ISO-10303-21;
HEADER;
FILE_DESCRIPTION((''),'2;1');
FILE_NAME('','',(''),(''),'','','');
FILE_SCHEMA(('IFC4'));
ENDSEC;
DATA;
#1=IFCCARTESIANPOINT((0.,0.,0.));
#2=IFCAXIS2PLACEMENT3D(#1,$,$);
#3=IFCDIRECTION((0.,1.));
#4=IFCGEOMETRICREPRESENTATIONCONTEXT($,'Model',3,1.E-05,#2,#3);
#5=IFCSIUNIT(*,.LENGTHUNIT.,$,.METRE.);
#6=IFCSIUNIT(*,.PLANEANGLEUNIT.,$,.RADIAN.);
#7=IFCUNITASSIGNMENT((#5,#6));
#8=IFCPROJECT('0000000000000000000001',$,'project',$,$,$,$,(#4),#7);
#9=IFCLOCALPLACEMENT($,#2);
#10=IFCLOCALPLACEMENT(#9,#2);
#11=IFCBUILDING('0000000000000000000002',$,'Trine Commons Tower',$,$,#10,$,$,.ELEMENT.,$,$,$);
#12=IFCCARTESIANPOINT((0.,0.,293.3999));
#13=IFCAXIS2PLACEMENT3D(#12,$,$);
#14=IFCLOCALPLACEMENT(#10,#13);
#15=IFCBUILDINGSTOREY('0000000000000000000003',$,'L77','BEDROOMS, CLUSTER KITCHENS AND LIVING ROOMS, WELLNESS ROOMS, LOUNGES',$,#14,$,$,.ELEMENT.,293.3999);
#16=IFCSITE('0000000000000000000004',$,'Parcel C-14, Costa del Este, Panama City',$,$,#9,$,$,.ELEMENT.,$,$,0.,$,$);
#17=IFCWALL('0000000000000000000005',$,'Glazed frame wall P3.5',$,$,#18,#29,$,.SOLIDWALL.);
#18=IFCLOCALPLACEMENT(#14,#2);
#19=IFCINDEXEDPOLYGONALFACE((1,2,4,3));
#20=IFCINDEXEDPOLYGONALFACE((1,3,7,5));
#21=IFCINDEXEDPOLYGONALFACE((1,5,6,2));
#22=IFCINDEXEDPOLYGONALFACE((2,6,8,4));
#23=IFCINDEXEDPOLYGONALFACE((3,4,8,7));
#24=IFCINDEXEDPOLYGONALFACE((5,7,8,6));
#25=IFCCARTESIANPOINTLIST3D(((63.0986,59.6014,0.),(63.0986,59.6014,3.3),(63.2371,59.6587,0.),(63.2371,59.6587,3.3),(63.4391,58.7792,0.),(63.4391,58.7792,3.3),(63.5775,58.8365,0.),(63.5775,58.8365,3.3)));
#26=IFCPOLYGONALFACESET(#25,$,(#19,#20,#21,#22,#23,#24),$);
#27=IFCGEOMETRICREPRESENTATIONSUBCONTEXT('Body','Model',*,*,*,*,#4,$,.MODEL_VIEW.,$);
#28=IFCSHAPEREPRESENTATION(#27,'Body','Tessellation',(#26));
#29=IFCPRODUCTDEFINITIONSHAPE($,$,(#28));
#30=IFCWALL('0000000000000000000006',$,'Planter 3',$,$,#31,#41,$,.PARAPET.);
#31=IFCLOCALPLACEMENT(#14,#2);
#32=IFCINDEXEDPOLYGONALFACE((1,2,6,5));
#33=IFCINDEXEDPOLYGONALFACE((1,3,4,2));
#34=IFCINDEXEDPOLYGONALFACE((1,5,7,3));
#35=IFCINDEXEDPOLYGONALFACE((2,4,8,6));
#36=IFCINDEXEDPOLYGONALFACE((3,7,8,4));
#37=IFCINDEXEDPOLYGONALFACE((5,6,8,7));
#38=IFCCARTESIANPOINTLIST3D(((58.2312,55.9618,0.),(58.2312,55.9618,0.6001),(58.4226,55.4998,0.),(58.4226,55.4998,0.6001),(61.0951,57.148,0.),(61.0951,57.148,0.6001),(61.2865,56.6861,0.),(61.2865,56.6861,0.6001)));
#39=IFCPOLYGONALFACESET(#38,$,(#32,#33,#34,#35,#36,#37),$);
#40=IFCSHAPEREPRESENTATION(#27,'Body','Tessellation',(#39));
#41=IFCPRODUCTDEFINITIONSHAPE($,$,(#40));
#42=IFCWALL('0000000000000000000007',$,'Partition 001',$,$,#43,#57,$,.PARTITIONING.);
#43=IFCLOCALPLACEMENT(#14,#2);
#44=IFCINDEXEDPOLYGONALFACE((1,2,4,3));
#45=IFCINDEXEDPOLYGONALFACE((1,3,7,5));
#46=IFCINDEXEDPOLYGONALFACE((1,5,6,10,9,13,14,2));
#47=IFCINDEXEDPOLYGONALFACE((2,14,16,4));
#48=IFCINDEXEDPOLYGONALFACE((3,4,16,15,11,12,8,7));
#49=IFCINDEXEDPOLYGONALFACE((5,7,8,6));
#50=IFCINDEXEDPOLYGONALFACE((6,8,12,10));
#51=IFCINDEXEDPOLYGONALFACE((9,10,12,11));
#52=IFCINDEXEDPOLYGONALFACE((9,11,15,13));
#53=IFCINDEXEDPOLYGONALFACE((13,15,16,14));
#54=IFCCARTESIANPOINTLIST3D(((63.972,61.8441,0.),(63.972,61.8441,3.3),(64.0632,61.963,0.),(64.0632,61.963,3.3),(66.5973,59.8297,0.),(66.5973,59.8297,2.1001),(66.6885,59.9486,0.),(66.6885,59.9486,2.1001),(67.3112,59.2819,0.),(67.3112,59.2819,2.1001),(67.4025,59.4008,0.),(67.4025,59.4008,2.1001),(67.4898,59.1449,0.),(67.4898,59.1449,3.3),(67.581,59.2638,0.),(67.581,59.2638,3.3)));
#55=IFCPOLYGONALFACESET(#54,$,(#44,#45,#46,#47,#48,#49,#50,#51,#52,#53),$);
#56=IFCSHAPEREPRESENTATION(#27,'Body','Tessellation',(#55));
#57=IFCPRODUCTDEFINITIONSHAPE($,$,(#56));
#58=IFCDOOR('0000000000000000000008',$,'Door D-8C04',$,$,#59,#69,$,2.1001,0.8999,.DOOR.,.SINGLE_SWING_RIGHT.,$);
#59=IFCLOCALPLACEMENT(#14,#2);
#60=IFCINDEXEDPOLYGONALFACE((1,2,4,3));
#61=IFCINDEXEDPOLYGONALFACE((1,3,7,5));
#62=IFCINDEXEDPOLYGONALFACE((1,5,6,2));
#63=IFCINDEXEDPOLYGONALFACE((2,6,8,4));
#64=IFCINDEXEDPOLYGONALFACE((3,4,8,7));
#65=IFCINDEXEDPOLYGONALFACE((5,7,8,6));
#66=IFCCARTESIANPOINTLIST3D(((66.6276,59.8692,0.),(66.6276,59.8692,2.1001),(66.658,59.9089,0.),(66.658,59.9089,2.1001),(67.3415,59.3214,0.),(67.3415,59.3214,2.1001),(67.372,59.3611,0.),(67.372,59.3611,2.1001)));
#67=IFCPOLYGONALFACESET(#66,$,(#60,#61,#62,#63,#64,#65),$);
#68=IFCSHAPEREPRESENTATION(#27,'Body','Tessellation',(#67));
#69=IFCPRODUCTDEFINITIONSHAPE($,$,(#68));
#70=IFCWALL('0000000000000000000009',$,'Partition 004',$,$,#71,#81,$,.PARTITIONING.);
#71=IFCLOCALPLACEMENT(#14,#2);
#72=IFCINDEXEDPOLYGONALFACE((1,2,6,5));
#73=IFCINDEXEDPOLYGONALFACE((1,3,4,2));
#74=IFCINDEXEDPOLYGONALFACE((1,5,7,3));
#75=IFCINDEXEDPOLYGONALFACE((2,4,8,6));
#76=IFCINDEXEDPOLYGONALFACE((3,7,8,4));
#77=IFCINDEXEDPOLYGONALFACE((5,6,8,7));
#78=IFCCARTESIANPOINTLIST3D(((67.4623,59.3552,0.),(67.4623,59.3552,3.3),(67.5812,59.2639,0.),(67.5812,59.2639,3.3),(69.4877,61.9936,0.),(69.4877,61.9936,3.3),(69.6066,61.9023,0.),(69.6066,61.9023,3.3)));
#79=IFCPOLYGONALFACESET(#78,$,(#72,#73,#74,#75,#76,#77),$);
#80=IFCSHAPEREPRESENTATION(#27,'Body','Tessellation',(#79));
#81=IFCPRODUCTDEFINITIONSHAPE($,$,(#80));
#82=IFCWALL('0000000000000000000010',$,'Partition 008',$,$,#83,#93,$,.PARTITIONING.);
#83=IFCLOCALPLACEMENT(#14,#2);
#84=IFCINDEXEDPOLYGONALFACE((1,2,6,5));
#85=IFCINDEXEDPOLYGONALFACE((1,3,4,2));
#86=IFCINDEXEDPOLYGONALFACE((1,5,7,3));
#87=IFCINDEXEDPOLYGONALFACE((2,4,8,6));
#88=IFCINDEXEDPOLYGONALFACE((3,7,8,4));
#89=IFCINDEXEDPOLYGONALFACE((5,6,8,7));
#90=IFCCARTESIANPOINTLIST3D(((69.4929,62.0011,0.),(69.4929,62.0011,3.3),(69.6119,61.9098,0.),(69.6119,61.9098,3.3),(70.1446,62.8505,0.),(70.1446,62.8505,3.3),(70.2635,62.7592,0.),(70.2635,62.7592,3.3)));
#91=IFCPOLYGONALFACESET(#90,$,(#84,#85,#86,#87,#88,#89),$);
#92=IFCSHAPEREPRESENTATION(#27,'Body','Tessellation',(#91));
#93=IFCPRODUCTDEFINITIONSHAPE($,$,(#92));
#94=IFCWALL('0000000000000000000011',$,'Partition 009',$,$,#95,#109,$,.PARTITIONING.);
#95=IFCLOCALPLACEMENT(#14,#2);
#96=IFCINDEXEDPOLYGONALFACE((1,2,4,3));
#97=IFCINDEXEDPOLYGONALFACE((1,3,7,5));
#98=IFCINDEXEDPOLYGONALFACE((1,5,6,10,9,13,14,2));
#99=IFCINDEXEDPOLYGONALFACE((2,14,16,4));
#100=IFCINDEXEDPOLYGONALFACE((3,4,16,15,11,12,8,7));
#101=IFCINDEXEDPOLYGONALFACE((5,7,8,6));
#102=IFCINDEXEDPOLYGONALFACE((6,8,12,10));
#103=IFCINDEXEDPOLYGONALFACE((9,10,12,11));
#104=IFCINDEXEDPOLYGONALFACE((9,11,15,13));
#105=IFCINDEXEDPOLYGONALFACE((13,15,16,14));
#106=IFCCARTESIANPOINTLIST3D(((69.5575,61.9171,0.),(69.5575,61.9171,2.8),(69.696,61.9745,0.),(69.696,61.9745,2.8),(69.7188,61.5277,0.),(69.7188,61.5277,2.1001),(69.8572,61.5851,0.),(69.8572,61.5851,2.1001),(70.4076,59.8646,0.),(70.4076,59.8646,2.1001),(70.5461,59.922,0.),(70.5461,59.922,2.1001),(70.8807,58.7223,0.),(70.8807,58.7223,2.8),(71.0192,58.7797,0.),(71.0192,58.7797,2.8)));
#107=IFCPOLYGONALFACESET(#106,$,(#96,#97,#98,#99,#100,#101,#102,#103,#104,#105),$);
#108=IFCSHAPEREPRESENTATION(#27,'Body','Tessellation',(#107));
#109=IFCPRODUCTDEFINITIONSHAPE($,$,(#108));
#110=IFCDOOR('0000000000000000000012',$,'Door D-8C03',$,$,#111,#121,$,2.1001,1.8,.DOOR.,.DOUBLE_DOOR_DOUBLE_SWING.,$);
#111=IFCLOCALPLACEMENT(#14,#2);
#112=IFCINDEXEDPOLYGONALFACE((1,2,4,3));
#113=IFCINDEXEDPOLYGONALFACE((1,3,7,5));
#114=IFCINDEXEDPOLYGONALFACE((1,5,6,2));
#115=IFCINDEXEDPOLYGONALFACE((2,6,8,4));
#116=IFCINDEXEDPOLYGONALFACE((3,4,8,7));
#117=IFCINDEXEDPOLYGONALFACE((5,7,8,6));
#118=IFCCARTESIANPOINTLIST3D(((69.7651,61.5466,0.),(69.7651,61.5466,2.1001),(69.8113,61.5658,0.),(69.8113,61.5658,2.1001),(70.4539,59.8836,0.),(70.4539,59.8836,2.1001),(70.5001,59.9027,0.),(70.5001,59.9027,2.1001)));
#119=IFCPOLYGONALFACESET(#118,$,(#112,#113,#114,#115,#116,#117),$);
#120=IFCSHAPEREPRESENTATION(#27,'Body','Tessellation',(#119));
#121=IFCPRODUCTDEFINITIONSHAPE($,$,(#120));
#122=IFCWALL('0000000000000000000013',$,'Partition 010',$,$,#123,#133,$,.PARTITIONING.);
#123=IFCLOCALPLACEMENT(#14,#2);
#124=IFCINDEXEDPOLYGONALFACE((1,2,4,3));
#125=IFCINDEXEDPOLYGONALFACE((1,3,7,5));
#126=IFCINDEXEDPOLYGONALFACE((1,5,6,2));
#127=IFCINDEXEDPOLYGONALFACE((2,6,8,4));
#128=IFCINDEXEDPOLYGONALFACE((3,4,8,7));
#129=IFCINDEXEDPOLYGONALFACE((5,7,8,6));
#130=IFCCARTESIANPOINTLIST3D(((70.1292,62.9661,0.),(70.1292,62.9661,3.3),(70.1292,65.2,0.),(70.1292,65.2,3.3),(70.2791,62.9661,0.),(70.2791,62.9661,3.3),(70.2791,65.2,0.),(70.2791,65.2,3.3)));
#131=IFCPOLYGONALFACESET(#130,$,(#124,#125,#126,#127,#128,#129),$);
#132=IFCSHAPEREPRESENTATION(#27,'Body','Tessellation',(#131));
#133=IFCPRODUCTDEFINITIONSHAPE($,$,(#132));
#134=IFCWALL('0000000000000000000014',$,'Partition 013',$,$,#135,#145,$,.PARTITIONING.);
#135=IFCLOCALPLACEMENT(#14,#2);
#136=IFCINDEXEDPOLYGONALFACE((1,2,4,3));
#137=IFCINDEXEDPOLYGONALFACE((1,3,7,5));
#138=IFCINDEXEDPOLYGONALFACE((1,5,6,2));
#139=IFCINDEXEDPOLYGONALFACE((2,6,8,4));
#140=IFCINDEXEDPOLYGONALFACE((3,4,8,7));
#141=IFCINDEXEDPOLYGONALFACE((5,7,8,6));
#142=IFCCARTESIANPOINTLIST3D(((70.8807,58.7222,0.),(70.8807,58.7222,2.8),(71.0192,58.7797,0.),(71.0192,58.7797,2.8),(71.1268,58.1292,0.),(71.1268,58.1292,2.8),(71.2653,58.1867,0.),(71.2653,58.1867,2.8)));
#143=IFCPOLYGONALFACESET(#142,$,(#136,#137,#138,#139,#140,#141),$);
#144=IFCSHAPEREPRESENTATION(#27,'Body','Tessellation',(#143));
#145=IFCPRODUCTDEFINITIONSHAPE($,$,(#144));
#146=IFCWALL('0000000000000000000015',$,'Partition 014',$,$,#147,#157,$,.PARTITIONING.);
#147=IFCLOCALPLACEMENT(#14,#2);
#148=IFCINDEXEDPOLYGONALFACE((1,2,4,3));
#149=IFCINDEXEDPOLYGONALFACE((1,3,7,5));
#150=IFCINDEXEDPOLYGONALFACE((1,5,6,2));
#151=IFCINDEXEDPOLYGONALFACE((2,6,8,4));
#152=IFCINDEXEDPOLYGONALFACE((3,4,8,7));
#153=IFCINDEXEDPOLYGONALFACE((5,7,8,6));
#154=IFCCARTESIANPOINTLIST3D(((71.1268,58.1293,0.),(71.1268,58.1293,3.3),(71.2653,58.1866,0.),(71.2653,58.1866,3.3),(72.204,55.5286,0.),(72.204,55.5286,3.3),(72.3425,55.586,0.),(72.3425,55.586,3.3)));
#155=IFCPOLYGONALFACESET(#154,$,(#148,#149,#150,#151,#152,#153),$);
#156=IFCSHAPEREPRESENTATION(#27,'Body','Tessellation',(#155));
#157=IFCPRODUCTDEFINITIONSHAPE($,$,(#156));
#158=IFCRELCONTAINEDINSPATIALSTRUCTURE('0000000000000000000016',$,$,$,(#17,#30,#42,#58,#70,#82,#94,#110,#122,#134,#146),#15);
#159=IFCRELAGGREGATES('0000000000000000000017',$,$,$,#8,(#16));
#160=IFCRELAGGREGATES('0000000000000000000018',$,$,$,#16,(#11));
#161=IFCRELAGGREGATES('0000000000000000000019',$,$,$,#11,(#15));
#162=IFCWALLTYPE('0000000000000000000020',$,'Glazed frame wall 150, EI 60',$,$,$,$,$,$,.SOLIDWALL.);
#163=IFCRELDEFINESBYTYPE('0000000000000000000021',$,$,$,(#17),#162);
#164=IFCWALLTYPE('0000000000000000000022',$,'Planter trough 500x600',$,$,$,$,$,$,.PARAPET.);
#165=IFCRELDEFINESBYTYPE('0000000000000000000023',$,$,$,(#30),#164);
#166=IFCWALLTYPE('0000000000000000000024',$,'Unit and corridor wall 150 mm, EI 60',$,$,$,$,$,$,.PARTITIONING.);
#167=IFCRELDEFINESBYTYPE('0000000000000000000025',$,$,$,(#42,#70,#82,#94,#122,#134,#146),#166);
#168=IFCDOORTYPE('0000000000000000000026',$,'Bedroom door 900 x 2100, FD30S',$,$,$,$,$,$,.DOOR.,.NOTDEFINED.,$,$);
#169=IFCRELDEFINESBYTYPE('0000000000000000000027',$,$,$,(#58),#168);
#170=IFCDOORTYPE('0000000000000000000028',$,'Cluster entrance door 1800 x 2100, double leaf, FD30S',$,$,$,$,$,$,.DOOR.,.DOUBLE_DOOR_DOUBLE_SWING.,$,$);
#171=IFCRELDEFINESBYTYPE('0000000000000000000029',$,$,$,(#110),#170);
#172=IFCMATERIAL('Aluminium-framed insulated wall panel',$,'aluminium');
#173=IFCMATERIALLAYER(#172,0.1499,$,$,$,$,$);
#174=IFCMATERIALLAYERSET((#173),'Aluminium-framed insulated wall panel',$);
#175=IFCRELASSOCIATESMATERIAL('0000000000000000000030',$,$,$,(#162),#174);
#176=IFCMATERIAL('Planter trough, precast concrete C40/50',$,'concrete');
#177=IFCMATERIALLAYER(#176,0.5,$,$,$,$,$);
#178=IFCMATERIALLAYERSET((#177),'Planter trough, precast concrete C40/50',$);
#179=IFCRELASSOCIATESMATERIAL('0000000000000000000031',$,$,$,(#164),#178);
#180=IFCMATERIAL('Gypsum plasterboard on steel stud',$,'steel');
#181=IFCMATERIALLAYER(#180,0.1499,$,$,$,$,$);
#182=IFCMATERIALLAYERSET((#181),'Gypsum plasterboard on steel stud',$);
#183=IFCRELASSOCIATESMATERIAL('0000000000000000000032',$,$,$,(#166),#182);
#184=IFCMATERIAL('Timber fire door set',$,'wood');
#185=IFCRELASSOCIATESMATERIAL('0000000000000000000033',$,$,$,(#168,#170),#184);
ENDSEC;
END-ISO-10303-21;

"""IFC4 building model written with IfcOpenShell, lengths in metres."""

from ifc_helpers import new_model, si_unit, direction, frame, frame_2d, origin, place, context, subcontext, project, spatial, polyline, rectangle, outline, extrude, material, layer, layer_set, type_object, element, fill, save


model = new_model("IFC4")

# Units and contexts
model_context = context("Model", 3, precision=1e-05, world=origin(), true_north=direction((0.0, 1.0)))
body_context = subcontext(model_context, "Body", "Model", "MODEL_VIEW")
ifc_project = project(units=[si_unit("LENGTHUNIT", "METRE"), si_unit("PLANEANGLEUNIT", "RADIAN")], contexts=[model_context])

# Site, building, storey
site_placement = place(None, origin())
site = spatial("IfcSite", under=ifc_project, at=site_placement, Name="Parcel C-14, Costa del Este, Panama City", CompositionType="ELEMENT", RefElevation=0.0)
building_placement = place(site_placement, origin())
building = spatial("IfcBuilding", under=site, at=building_placement, Name="Trine Commons Tower", CompositionType="ELEMENT")
storey_placement = place(building_placement, frame((0.0, 0.0, 293.3999)))
storey = spatial("IfcBuildingStorey", under=building, at=storey_placement, Name="L77", Description="BEDROOMS, CLUSTER KITCHENS AND LIVING ROOMS, WELLNESS ROOMS, LOUNGES", CompositionType="ELEMENT", Elevation=293.3999)

# Shared definitions
ifc_material_1 = material(Name="Aluminium-framed insulated wall panel", Category="aluminium")
ifc_layer_1 = layer(ifc_material_1, 0.1499)
ifc_layer_set_1 = layer_set([ifc_layer_1], Name="Aluminium-framed insulated wall panel")
wall_type_1 = type_object("IfcWallType", Name="Glazed frame wall 150, EI 60", PredefinedType="SOLIDWALL", material=ifc_layer_set_1)

# Walls
wall_1_placement = place(storey_placement, frame((63.5083, 58.8079, 0.0), z_axis=(0.0, 0.0, 1.0), x_axis=(-0.382603, 0.923913, 0.0)))
element("IfcWall", 1, at=wall_1_placement, inside=storey, type_object=wall_type_1, Name="Glazed frame wall P3.5", PredefinedType="SOLIDWALL", context=body_context, shape_type="SweptSolid", body=[
    extrude(outline(polyline([(0.8899, 0.075), (0.0, 0.075), (0.0, -0.075), (0.8899, -0.075), (0.8899, 0.075)])), origin(), (0.0, 0.0, 1.0), 3.3),
])
ifc_material_2 = material(Name="Planter trough, precast concrete C40/50", Category="concrete")
ifc_layer_2 = layer(ifc_material_2, 0.5)
ifc_layer_set_2 = layer_set([ifc_layer_2], Name="Planter trough, precast concrete C40/50")
wall_type_2 = type_object("IfcWallType", Name="Planter trough 500x600", PredefinedType="PARAPET", material=ifc_layer_set_2)
wall_2_placement = place(storey_placement, frame((61.1907, 56.917, 0.0), z_axis=(0.0, 0.0, 1.0), x_axis=(-0.923883, -0.382674, 0.0)))
element("IfcWall", 2, at=wall_2_placement, inside=storey, type_object=wall_type_2, Name="Planter 3", PredefinedType="PARAPET", context=body_context, shape_type="SweptSolid", body=[
    extrude(rectangle(XDim=3.0999, YDim=0.5, at=frame_2d((1.5498, 0.0))), origin(), (0.0, 0.0, 1.0), 0.6001),
])

# Wall, opening, door
ifc_material_3 = material(Name="Gypsum plasterboard on steel stud", Category="steel")
ifc_layer_3 = layer(ifc_material_3, 0.1499)
ifc_layer_set_3 = layer_set([ifc_layer_3], Name="Gypsum plasterboard on steel stud")
wall_type_3 = type_object("IfcWallType", Name="Unit and corridor wall 150 mm, EI 60", PredefinedType="PARTITIONING", material=ifc_layer_set_3)
wall_3_placement = place(storey_placement, frame((64.0176, 61.9036, 0.0), z_axis=(0.0, 0.0, 1.0), x_axis=(0.793364, -0.608747, 0.0)))
wall_3 = element("IfcWall", 3, at=wall_3_placement, inside=storey, type_object=wall_type_3, Name="Partition 001", PredefinedType="PARTITIONING", context=body_context, shape_type="SweptSolid", body=[
    extrude(rectangle(XDim=4.4341, YDim=0.1499, at=frame_2d((2.217, 0.0))), origin(), (0.0, 0.0, 1.0), 3.3),
])
opening_1_placement = place(wall_3_placement, frame((3.3091, 0.0, 0.0)))
opening_1 = element("IfcOpeningElement", 4, at=opening_1_placement, cuts=wall_3, PredefinedType="OPENING", context=body_context, shape_type="SweptSolid", body=[
    extrude(rectangle(XDim=0.8999, YDim=2.1001, at=frame_2d((0.45, 1.05))), frame((0.0, 0.085, 0.0), z_axis=(0.0, -1.0, 0.0), x_axis=(1.0, 0.0, 0.0)), (0.0, 0.0, 1.0), 0.1699),
])
ifc_material_4 = material(Name="Timber fire door set", Category="wood")
door_type_1 = type_object("IfcDoorType", Name="Bedroom door 900 x 2100, FD30S", OperationType="NOTDEFINED", PredefinedType="DOOR", material=ifc_material_4)
door_1_placement = place(opening_1_placement, origin())
door_1 = element("IfcDoor", 5, at=door_1_placement, inside=storey, type_object=door_type_1, Name="Door D-8C04", OperationType="SINGLE_SWING_RIGHT", OverallHeight=2.1001, OverallWidth=0.8999, PredefinedType="DOOR", context=body_context, shape_type="SweptSolid", body=[
    extrude(rectangle(XDim=0.8999, YDim=2.1001, at=frame_2d((0.45, 1.05))), frame((0.0, 0.0249, 0.0), z_axis=(0.0, -1.0, 0.0), x_axis=(1.0, 0.0, 0.0)), (0.0, 0.0, 1.0), 0.05),
])
fill(opening_1, door_1)

# Walls
wall_4_placement = place(storey_placement, frame((67.5217, 59.3096, 0.0), z_axis=(0.0, 0.0, 1.0), x_axis=(0.608923, 0.793229, 0.0)))
element("IfcWall", 6, at=wall_4_placement, inside=storey, type_object=wall_type_3, Name="Partition 004", PredefinedType="PARTITIONING", context=body_context, shape_type="SweptSolid", body=[
    extrude(rectangle(XDim=3.3262, YDim=0.1499, at=frame_2d((1.6631, 0.0))), origin(), (0.0, 0.0, 1.0), 3.3),
])
wall_5_placement = place(storey_placement, frame((69.5525, 61.9556, 0.0), z_axis=(0.0, 0.0, 1.0), x_axis=(0.608685, 0.793412, 0.0)))
element("IfcWall", 7, at=wall_5_placement, inside=storey, type_object=wall_type_3, Name="Partition 008", PredefinedType="PARTITIONING", context=body_context, shape_type="SweptSolid", body=[
    extrude(rectangle(XDim=1.0706, YDim=0.1499, at=frame_2d((0.5352, 0.0))), origin(), (0.0, 0.0, 1.0), 3.3),
])

# Wall, opening, door
wall_6_placement = place(storey_placement, frame((69.6267, 61.9458, 0.0), z_axis=(0.0, 0.0, 1.0), x_axis=(0.382659, -0.923889, 0.0)))
wall_6 = element("IfcWall", 8, at=wall_6_placement, inside=storey, type_object=wall_type_3, Name="Partition 009", PredefinedType="PARTITIONING", context=body_context, shape_type="SweptSolid", body=[
    extrude(rectangle(XDim=3.458, YDim=0.1499, at=frame_2d((1.729, 0.0))), origin(), (0.0, 0.0, 1.0), 2.8),
])
opening_2_placement = place(wall_6_placement, frame((0.4216, 0.0, 0.0)))
opening_2 = element("IfcOpeningElement", 9, at=opening_2_placement, cuts=wall_6, PredefinedType="OPENING", context=body_context, shape_type="SweptSolid", body=[
    extrude(rectangle(XDim=1.8, YDim=2.1001, at=frame_2d((0.8999, 1.05))), frame((0.0, 0.085, 0.0), z_axis=(0.0, -1.0, 0.0), x_axis=(1.0, 0.0, 0.0)), (0.0, 0.0, 1.0), 0.1699),
])
door_type_2 = type_object("IfcDoorType", Name="Cluster entrance door 1800 x 2100, double leaf, FD30S", OperationType="DOUBLE_DOOR_DOUBLE_SWING", PredefinedType="DOOR", material=ifc_material_4)
door_2_placement = place(opening_2_placement, frame((1.8, 0.0, 0.0), z_axis=(0.0, 0.0, 1.0), x_axis=(-1.0, 0.0, 0.0)))
door_2 = element("IfcDoor", 10, at=door_2_placement, inside=storey, type_object=door_type_2, Name="Door D-8C03", OperationType="DOUBLE_DOOR_DOUBLE_SWING", OverallHeight=2.1001, OverallWidth=1.8, PredefinedType="DOOR", context=body_context, shape_type="SweptSolid", body=[
    extrude(rectangle(XDim=1.8, YDim=2.1001, at=frame_2d((0.8999, 1.05))), frame((0.0, 0.0249, 0.0), z_axis=(0.0, -1.0, 0.0), x_axis=(1.0, 0.0, 0.0)), (0.0, 0.0, 1.0), 0.05),
])
fill(opening_2, door_2)

# Walls
wall_7_placement = place(storey_placement, frame((70.2041, 62.9661, 0.0), z_axis=(0.0, 0.0, 1.0), x_axis=(0.0, 1.0, 0.0)))
element("IfcWall", 11, at=wall_7_placement, inside=storey, type_object=wall_type_3, Name="Partition 010", PredefinedType="PARTITIONING", context=body_context, shape_type="SweptSolid", body=[
    extrude(rectangle(XDim=2.2339, YDim=0.1499, at=frame_2d((1.1169, 0.0))), origin(), (0.0, 0.0, 1.0), 3.3),
])
wall_8_placement = place(storey_placement, frame((70.95, 58.751, 0.0), z_axis=(0.0, 0.0, 1.0), x_axis=(0.383292, -0.923627, 0.0)))
element("IfcWall", 12, at=wall_8_placement, inside=storey, type_object=wall_type_3, Name="Partition 013", PredefinedType="PARTITIONING", context=body_context, shape_type="SweptSolid", body=[
    extrude(rectangle(XDim=0.6421, YDim=0.1499, at=frame_2d((0.321, 0.0))), origin(), (0.0, 0.0, 1.0), 2.8),
])
wall_9_placement = place(storey_placement, frame((71.196, 58.158, 0.0), z_axis=(0.0, 0.0, 1.0), x_axis=(0.382668, -0.923886, 0.0)))
element("IfcWall", 13, at=wall_9_placement, inside=storey, type_object=wall_type_3, Name="Partition 014", PredefinedType="PARTITIONING", context=body_context, shape_type="SweptSolid", body=[
    extrude(rectangle(XDim=2.8149, YDim=0.1499, at=frame_2d((1.4075, 0.0))), origin(), (0.0, 0.0, 1.0), 3.3),
])

save(model, "model.ifc")
